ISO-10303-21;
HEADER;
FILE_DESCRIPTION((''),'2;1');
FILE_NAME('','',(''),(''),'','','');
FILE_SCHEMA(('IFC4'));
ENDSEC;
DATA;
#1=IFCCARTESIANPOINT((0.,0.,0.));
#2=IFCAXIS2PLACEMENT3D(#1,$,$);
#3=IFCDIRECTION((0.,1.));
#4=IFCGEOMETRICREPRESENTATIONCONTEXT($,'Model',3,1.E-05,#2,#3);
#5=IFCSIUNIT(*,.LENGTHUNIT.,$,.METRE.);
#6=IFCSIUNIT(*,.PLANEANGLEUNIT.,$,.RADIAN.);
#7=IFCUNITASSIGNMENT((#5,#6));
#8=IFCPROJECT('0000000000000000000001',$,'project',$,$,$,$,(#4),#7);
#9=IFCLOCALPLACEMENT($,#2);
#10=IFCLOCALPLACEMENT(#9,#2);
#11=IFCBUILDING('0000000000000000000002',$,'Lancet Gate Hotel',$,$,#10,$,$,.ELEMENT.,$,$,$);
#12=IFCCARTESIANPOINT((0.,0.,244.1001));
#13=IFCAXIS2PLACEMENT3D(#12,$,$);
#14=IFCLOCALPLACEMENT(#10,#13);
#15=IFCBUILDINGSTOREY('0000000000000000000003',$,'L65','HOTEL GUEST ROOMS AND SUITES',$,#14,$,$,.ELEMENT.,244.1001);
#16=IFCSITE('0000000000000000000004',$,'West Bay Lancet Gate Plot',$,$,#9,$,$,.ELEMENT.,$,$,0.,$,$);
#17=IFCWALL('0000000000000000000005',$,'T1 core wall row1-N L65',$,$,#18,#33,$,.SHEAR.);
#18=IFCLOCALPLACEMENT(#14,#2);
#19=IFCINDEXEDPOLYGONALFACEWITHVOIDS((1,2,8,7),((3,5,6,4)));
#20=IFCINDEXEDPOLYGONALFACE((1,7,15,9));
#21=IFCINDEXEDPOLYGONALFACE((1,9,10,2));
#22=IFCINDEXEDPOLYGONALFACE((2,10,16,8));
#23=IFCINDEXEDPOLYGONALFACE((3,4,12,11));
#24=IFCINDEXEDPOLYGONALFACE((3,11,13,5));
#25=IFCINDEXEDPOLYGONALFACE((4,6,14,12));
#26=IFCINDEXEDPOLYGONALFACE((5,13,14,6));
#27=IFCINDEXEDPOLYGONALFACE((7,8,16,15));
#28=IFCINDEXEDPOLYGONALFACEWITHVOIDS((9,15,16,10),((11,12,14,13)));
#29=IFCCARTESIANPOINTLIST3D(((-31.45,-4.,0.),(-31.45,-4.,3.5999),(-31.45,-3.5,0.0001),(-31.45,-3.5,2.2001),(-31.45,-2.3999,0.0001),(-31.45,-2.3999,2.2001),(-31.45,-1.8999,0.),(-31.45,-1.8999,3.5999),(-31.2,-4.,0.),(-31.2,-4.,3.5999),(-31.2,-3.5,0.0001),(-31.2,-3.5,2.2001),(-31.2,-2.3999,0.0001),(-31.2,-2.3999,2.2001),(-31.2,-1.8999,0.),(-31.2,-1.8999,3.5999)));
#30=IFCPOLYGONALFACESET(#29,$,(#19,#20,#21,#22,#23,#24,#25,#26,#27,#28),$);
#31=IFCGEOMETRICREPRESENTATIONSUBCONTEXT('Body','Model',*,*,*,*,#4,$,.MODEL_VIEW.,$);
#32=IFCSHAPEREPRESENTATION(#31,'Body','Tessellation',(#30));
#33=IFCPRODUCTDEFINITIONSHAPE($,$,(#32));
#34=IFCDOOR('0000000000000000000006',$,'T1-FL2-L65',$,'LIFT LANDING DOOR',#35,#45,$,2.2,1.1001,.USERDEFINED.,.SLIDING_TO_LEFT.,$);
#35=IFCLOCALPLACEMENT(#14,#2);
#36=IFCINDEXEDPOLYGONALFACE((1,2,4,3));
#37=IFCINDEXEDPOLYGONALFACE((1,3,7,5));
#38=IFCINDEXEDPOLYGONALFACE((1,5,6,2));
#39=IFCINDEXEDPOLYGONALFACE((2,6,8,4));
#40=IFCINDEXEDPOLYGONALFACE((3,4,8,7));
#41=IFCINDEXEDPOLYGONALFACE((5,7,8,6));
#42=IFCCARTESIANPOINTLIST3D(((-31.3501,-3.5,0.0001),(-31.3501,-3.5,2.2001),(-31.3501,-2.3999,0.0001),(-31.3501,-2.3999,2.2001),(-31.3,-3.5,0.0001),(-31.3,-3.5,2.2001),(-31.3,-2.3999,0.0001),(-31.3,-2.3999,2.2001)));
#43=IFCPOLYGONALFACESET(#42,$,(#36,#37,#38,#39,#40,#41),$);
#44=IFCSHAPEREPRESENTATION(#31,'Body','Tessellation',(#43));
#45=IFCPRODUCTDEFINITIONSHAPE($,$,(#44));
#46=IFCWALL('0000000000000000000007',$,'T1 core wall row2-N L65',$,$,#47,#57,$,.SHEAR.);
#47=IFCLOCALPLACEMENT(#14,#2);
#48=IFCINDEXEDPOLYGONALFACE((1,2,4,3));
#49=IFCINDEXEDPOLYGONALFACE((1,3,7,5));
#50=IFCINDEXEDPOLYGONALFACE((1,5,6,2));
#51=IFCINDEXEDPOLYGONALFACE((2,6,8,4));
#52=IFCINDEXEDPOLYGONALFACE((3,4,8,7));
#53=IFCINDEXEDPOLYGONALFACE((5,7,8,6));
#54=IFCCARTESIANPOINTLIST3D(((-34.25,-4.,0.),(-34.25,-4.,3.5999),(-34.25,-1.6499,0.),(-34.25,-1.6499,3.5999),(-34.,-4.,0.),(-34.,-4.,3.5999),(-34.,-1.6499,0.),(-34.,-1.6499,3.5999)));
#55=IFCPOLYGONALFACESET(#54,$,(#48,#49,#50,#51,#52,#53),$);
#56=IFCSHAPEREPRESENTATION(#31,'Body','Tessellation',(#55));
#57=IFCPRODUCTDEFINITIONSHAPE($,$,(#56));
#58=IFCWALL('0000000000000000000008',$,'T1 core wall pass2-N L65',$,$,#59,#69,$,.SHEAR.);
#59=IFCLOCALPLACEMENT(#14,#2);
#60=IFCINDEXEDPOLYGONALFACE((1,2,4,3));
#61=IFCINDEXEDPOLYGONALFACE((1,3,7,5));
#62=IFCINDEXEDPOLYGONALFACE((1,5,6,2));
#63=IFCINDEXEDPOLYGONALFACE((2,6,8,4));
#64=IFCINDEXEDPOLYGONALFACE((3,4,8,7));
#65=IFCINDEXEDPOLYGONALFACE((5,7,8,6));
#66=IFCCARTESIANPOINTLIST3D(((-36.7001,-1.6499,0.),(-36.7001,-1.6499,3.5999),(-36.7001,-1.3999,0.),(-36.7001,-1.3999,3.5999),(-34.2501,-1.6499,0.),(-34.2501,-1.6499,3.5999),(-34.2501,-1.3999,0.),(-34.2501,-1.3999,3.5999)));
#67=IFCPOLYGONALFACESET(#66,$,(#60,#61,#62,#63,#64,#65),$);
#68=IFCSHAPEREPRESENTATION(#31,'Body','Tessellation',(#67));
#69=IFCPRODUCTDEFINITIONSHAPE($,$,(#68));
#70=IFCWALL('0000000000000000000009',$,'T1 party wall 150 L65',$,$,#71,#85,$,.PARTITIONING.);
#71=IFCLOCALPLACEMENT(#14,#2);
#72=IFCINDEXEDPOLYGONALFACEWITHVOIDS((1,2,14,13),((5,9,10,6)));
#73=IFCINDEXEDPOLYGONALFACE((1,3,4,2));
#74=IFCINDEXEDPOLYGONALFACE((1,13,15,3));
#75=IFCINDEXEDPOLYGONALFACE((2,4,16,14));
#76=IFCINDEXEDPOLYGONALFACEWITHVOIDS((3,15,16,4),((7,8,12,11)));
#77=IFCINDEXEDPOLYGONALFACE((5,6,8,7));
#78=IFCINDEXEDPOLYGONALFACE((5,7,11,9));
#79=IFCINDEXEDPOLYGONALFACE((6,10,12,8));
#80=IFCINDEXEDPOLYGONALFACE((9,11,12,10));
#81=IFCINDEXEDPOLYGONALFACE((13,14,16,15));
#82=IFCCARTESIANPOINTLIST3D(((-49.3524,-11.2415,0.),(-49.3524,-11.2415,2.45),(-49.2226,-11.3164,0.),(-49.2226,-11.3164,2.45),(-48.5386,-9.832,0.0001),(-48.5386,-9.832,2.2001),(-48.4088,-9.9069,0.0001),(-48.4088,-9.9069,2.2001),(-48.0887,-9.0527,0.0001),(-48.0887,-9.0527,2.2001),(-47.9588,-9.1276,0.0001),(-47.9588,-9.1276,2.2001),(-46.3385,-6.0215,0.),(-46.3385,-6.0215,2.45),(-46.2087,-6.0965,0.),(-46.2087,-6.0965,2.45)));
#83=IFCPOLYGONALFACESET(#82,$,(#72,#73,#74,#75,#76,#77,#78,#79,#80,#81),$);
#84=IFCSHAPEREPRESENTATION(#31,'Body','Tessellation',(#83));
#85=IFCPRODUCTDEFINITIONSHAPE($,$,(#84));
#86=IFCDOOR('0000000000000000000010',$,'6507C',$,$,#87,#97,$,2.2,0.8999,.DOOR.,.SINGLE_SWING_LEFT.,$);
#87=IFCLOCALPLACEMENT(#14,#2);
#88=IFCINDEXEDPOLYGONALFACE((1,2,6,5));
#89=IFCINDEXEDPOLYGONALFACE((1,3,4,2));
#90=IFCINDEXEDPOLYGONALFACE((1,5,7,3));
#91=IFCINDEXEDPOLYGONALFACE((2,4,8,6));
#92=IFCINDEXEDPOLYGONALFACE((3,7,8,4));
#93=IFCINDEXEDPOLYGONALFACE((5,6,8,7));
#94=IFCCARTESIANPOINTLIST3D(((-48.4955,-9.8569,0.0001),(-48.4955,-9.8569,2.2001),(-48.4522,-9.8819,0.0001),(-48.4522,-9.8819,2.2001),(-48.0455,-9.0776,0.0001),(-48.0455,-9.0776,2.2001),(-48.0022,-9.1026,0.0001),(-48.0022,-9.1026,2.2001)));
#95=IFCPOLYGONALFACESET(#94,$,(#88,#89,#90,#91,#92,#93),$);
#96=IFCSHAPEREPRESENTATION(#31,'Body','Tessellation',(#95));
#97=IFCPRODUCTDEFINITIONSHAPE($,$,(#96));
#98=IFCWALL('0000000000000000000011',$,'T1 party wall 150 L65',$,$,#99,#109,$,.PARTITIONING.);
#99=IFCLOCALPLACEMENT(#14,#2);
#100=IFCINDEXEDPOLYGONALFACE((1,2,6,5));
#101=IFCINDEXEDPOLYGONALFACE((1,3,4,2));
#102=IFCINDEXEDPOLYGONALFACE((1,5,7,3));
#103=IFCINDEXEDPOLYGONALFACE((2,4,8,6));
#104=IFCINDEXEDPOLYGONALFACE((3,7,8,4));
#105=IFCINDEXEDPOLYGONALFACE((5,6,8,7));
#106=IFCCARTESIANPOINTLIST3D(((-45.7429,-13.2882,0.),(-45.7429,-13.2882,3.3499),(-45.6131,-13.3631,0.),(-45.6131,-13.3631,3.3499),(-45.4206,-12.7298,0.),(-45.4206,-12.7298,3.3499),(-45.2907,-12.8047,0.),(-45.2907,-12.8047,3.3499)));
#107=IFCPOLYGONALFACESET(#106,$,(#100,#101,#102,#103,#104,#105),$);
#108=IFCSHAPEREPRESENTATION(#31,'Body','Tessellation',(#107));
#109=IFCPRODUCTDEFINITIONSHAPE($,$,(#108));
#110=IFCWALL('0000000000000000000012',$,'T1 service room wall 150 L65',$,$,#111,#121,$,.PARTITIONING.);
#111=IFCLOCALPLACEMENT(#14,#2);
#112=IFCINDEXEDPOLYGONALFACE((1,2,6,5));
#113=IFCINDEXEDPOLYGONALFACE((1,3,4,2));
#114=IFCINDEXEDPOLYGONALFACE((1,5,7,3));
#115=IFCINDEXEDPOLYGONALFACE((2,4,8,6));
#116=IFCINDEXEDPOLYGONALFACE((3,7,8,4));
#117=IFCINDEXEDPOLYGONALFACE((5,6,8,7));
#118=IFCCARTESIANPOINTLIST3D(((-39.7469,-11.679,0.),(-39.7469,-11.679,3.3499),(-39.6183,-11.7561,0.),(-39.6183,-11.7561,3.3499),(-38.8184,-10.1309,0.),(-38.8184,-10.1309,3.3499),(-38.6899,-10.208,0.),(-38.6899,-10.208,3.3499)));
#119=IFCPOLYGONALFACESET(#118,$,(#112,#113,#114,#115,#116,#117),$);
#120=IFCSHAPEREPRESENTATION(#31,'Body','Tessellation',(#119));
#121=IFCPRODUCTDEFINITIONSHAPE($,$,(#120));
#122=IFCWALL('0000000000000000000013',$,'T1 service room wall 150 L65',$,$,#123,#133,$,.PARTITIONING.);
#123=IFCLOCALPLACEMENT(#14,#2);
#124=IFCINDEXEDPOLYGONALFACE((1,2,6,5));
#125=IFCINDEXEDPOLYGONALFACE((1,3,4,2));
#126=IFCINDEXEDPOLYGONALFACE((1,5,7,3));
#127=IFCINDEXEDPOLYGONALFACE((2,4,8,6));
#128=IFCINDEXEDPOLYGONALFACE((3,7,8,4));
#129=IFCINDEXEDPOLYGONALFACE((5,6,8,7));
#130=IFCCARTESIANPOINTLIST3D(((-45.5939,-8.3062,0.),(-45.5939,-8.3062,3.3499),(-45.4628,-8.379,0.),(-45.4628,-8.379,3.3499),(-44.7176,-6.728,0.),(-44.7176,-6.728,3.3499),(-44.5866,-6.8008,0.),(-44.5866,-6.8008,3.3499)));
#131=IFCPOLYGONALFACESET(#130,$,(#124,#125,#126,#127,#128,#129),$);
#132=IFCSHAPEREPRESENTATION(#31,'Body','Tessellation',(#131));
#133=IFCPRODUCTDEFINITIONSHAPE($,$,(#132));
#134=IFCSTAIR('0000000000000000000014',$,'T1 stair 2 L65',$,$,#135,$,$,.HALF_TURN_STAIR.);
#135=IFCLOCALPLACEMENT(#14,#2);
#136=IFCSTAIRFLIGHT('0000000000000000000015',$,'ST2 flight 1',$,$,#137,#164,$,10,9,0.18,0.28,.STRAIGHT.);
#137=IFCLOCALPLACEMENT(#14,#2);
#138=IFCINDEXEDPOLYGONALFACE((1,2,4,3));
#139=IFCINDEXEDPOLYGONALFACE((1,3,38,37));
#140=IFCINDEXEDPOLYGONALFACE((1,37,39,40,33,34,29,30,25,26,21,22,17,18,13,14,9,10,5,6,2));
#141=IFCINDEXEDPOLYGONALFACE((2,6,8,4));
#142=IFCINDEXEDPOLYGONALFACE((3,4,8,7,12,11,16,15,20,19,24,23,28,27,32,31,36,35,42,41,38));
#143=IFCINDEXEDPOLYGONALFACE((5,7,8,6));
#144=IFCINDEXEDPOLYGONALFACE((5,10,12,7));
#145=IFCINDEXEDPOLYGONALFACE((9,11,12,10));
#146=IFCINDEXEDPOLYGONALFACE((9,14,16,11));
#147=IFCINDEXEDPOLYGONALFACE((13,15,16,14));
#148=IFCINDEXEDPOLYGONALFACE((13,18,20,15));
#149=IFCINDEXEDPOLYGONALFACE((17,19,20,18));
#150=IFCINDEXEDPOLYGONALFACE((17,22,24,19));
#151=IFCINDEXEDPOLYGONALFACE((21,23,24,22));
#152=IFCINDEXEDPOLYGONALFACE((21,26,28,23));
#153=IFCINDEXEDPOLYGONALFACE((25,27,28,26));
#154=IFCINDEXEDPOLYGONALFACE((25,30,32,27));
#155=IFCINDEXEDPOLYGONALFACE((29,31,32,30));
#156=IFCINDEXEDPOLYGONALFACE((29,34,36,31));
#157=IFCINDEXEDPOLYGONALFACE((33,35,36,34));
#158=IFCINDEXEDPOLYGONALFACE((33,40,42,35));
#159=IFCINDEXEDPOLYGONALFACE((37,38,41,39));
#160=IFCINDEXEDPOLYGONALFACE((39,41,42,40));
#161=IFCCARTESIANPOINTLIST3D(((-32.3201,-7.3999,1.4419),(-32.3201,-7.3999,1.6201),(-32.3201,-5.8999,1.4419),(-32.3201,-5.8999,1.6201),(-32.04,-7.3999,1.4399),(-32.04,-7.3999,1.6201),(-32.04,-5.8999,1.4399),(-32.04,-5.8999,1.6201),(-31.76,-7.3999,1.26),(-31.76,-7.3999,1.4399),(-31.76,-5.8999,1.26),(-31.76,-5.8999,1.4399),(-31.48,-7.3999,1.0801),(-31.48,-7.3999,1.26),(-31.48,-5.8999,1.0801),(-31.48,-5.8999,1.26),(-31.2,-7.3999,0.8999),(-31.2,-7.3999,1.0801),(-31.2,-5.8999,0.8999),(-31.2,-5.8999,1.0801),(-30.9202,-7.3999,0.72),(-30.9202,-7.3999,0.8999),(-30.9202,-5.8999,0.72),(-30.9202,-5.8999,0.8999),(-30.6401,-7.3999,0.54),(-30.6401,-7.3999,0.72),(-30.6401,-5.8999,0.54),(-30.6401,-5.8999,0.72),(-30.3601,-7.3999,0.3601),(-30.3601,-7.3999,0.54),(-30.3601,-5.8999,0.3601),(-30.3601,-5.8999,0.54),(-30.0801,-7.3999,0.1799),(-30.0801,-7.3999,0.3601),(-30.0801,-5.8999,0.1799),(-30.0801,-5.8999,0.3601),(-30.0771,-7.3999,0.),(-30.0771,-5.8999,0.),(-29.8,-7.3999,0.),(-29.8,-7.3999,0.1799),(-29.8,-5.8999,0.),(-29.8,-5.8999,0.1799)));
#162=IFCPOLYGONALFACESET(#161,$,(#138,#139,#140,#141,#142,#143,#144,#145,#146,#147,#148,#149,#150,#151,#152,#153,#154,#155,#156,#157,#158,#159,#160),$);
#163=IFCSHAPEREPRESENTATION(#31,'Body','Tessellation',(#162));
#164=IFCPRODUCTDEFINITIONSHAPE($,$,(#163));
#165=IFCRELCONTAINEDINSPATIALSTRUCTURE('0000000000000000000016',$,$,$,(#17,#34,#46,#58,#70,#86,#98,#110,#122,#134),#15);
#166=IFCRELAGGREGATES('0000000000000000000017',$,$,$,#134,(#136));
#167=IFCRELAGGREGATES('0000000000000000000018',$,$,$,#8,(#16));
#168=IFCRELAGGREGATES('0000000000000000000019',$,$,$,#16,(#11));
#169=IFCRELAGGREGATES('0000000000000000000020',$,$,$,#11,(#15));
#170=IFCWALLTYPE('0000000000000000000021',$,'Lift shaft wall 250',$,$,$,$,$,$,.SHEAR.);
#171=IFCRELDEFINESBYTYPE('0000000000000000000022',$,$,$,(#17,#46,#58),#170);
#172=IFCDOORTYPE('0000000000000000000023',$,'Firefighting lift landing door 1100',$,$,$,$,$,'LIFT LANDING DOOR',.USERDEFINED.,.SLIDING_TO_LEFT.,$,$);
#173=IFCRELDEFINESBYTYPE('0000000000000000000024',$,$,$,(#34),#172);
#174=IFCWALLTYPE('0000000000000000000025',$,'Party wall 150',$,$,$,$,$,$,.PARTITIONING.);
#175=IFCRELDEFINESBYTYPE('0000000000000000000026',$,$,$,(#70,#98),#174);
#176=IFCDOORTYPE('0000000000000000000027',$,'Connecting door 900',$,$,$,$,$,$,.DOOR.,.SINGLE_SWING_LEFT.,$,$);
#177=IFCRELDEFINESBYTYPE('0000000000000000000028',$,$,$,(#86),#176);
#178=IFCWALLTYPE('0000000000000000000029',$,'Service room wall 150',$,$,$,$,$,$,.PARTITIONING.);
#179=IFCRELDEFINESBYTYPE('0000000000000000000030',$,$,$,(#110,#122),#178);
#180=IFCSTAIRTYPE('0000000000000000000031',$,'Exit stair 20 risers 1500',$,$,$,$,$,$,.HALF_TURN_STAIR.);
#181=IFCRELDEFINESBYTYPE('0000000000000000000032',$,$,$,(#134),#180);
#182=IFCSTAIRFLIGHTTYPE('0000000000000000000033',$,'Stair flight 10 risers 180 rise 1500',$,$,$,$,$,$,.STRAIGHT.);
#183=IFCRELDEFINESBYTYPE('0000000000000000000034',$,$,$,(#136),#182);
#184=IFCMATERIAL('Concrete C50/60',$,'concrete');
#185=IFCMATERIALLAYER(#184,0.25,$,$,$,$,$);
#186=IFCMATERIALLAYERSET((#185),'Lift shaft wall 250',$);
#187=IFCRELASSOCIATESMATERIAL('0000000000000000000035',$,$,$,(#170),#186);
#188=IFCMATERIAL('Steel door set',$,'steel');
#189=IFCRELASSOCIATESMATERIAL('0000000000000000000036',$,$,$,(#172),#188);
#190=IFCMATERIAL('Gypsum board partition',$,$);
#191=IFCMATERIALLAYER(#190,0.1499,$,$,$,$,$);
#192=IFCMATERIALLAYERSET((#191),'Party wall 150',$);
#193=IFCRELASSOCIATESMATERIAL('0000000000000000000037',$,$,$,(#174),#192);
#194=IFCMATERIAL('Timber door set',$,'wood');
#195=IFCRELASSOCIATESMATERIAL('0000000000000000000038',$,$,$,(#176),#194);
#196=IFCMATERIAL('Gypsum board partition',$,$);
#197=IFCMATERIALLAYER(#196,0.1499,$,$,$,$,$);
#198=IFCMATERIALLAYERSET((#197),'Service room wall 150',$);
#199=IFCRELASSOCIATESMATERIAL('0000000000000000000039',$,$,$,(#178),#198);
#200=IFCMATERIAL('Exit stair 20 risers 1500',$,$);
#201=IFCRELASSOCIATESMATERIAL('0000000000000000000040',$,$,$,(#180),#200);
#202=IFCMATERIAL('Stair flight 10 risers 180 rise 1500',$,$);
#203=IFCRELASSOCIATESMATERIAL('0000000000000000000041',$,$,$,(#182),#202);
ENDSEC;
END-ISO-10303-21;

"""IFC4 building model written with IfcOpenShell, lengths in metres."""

from ifc_helpers import new_model, si_unit, direction, frame, frame_2d, origin, place, context, subcontext, project, spatial, polyline, rectangle, outline, extrude, material, layer, layer_set, type_object, element, fill, aggregate, save


model = new_model("IFC4")

# Units and contexts
model_context = context("Model", 3, precision=1e-05, world=origin(), true_north=direction((0.0, 1.0)))
body_context = subcontext(model_context, "Body", "Model", "MODEL_VIEW")
ifc_project = project(units=[si_unit("LENGTHUNIT", "METRE"), si_unit("PLANEANGLEUNIT", "RADIAN")], contexts=[model_context])

# Site, building, storey
site_placement = place(None, origin())
site = spatial("IfcSite", under=ifc_project, at=site_placement, Name="West Bay Lancet Gate Plot", CompositionType="ELEMENT", RefElevation=0.0)
building_placement = place(site_placement, origin())
building = spatial("IfcBuilding", under=site, at=building_placement, Name="Lancet Gate Hotel", CompositionType="ELEMENT")
storey_placement = place(building_placement, frame((0.0, 0.0, 244.1001)))
storey = spatial("IfcBuildingStorey", under=building, at=storey_placement, Name="L65", Description="HOTEL GUEST ROOMS AND SUITES", CompositionType="ELEMENT", Elevation=244.1001)

# Wall, opening, door
ifc_material_1 = material(Name="Concrete C50/60", Category="concrete")
ifc_layer_1 = layer(ifc_material_1, 0.25)
ifc_layer_set_1 = layer_set([ifc_layer_1], Name="Lift shaft wall 250")
wall_type_1 = type_object("IfcWallType", Name="Lift shaft wall 250", PredefinedType="SHEAR", material=ifc_layer_set_1)
wall_1_placement = place(storey_placement, frame((-31.325, -1.8999, 0.0), z_axis=(0.0, 0.0, 1.0), x_axis=(0.0, -1.0, 0.0)))
wall_1 = element("IfcWall", 1, at=wall_1_placement, inside=storey, type_object=wall_type_1, Name="T1 core wall row1-N L65", PredefinedType="SHEAR", context=body_context, shape_type="SweptSolid", body=[
    extrude(rectangle(XDim=2.1001, YDim=0.25, at=frame_2d((1.05, 0.0))), origin(), (0.0, 0.0, 1.0), 3.5999),
])
opening_1_placement = place(wall_1_placement, frame((0.5, 0.0, 0.0)))
opening_1 = element("IfcOpeningElement", 2, at=opening_1_placement, cuts=wall_1, PredefinedType="OPENING", context=body_context, shape_type="SweptSolid", body=[
    extrude(rectangle(XDim=1.1001, YDim=2.2, at=frame_2d((0.55, 1.1001))), frame((0.0, 0.135, 0.0), z_axis=(0.0, -1.0, 0.0), x_axis=(1.0, 0.0, 0.0)), (0.0, 0.0, 1.0), 0.27),
])
ifc_material_2 = material(Name="Steel door set", Category="steel")
door_type_1 = type_object("IfcDoorType", Name="Firefighting lift landing door 1100", ElementType="LIFT LANDING DOOR", OperationType="SLIDING_TO_LEFT", PredefinedType="USERDEFINED", material=ifc_material_2)
door_1_placement = place(opening_1_placement, origin())
door_1 = element("IfcDoor", 3, at=door_1_placement, inside=storey, type_object=door_type_1, Name="T1-FL2-L65", ObjectType="LIFT LANDING DOOR", OperationType="SLIDING_TO_LEFT", OverallHeight=2.2, OverallWidth=1.1001, PredefinedType="USERDEFINED", context=body_context, shape_type="SweptSolid", body=[
    extrude(rectangle(XDim=1.1001, YDim=2.2, at=frame_2d((0.55, 1.1001))), frame((0.0, 0.0249, 0.0), z_axis=(0.0, -1.0, 0.0), x_axis=(1.0, 0.0, 0.0)), (0.0, 0.0, 1.0), 0.05),
])
fill(opening_1, door_1)

# Walls
wall_2_placement = place(storey_placement, frame((-34.125, -1.6499, 0.0), z_axis=(0.0, 0.0, 1.0), x_axis=(0.0, -1.0, 0.0)))
element("IfcWall", 4, at=wall_2_placement, inside=storey, type_object=wall_type_1, Name="T1 core wall row2-N L65", PredefinedType="SHEAR", context=body_context, shape_type="SweptSolid", body=[
    extrude(rectangle(XDim=2.3501, YDim=0.25, at=frame_2d((1.175, 0.0))), origin(), (0.0, 0.0, 1.0), 3.5999),
])
wall_3_placement = place(storey_placement, frame((-34.25, -1.5249, 0.0), z_axis=(0.0, 0.0, 1.0), x_axis=(-1.0, 0.0, 0.0)))
element("IfcWall", 5, at=wall_3_placement, inside=storey, type_object=wall_type_1, Name="T1 core wall pass2-N L65", PredefinedType="SHEAR", context=body_context, shape_type="SweptSolid", body=[
    extrude(rectangle(XDim=2.45, YDim=0.25, at=frame_2d((1.2251, 0.0))), origin(), (0.0, 0.0, 1.0), 3.5999),
])

# Wall, opening, door
ifc_material_3 = material(Name="Gypsum board partition")
ifc_layer_2 = layer(ifc_material_3, 0.1499)
ifc_layer_set_2 = layer_set([ifc_layer_2], Name="Party wall 150")
wall_type_2 = type_object("IfcWallType", Name="Party wall 150", PredefinedType="PARTITIONING", material=ifc_layer_set_2)
wall_4_placement = place(storey_placement, frame((-46.2737, -6.0591, 0.0), z_axis=(0.0, 0.0, 1.0), x_axis=(-0.50002, -0.866014, 0.0)))
wall_4 = element("IfcWall", 6, at=wall_4_placement, inside=storey, type_object=wall_type_2, Name="T1 party wall 150 L65", PredefinedType="PARTITIONING", context=body_context, shape_type="SweptSolid", body=[
    extrude(rectangle(XDim=6.0276, YDim=0.1499, at=frame_2d((3.0137, 0.0))), origin(), (0.0, 0.0, 1.0), 2.45),
])
opening_2_placement = place(wall_4_placement, frame((3.5, 0.0, 0.0)))
opening_2 = element("IfcOpeningElement", 7, at=opening_2_placement, cuts=wall_4, PredefinedType="OPENING", context=body_context, shape_type="SweptSolid", body=[
    extrude(rectangle(XDim=0.8999, YDim=2.2, at=frame_2d((0.45, 1.1001))), frame((0.0, 0.085, 0.0), z_axis=(0.0, -1.0, 0.0), x_axis=(1.0, 0.0, 0.0)), (0.0, 0.0, 1.0), 0.1699),
])
ifc_material_4 = material(Name="Timber door set", Category="wood")
door_type_2 = type_object("IfcDoorType", Name="Connecting door 900", OperationType="SINGLE_SWING_LEFT", PredefinedType="DOOR", material=ifc_material_4)
door_2_placement = place(opening_2_placement, origin())
door_2 = element("IfcDoor", 8, at=door_2_placement, inside=storey, type_object=door_type_2, Name="6507C", OperationType="SINGLE_SWING_LEFT", OverallHeight=2.2, OverallWidth=0.8999, PredefinedType="DOOR", context=body_context, shape_type="SweptSolid", body=[
    extrude(rectangle(XDim=0.8999, YDim=2.2, at=frame_2d((0.45, 1.1001))), frame((0.0, 0.0249, 0.0), z_axis=(0.0, -1.0, 0.0), x_axis=(1.0, 0.0, 0.0)), (0.0, 0.0, 1.0), 0.05),
])
fill(opening_2, door_2)

# Walls
wall_5_placement = place(storey_placement, frame((-45.3557, -12.7673, 0.0), z_axis=(0.0, 0.0, 1.0), x_axis=(-0.499886, -0.866091, 0.0)))
element("IfcWall", 9, at=wall_5_placement, inside=storey, type_object=wall_type_2, Name="T1 party wall 150 L65", PredefinedType="PARTITIONING", context=body_context, shape_type="SweptSolid", body=[
    extrude(rectangle(XDim=0.6448, YDim=0.1499, at=frame_2d((0.3223, 0.0))), origin(), (0.0, 0.0, 1.0), 3.3499),
])
ifc_material_5 = material(Name="Gypsum board partition")
ifc_layer_3 = layer(ifc_material_5, 0.1499)
ifc_layer_set_3 = layer_set([ifc_layer_3], Name="Service room wall 150")
wall_type_3 = type_object("IfcWallType", Name="Service room wall 150", PredefinedType="PARTITIONING", material=ifc_layer_set_3)
for number, where, z_axis, x_axis, name in (
    (10, (-39.6826, -11.7175, 0.0), (0.0, 0.0, 1.0), (0.514337, 0.857588, 0.0), "T1 service room wall 150 L65"),
    (11, (-44.6521, -6.7644, 0.0), (0.0, 0.0, 1.0), (-0.485425, -0.874278, 0.0), "T1 service room wall 150 L65"),
):
    element("IfcWall", number, at=place(storey_placement, frame(where, z_axis=z_axis, x_axis=x_axis)), inside=storey, type_object=wall_type_3, Name=name, PredefinedType="PARTITIONING", context=body_context, shape_type="SweptSolid", body=[
        extrude(rectangle(XDim=1.8052, YDim=0.1499, at=frame_2d((0.9026, 0.0))), origin(), (0.0, 0.0, 1.0), 3.3499),
    ])

# Stair, stair flight
ifc_material_6 = material(Name="Exit stair 20 risers 1500")
stair_type = type_object("IfcStairType", Name="Exit stair 20 risers 1500", PredefinedType="HALF_TURN_STAIR", material=ifc_material_6)
stair_placement = place(storey_placement, origin())
stair = element("IfcStair", 12, at=stair_placement, inside=storey, type_object=stair_type, Name="T1 stair 2 L65", PredefinedType="HALF_TURN_STAIR")
ifc_material_7 = material(Name="Stair flight 10 risers 180 rise 1500")
stair_flight_type = type_object("IfcStairFlightType", Name="Stair flight 10 risers 180 rise 1500", PredefinedType="STRAIGHT", material=ifc_material_7)
stair_flight_1_placement = place(storey_placement, frame((-29.8, -6.6499, 0.0), z_axis=(0.0, 0.0, 1.0), x_axis=(-1.0, 0.0, 0.0)))
stair_flight_1 = element("IfcStairFlight", 13, at=stair_flight_1_placement, type_object=stair_flight_type, Name="ST2 flight 1", NumberOfRisers=10, NumberOfTreads=9, PredefinedType="STRAIGHT", RiserHeight=0.18, TreadLength=0.28, context=body_context, shape_type="SweptSolid", body=[
    extrude(outline(polyline([(0.0, 0.0), (0.0, 0.1799), (0.28, 0.1799), (0.28, 0.3601), (0.5601, 0.3601), (0.5601, 0.54), (0.8401, 0.54), (0.8401, 0.72), (1.1201, 0.72), (1.1201, 0.8999), (1.3999, 0.8999), (1.3999, 1.0801), (1.6799, 1.0801), (1.6799, 1.26), (1.96, 1.26), (1.96, 1.4399), (2.24, 1.4399), (2.24, 1.6201), (2.52, 1.6201), (2.52, 1.8), (2.52, 1.4419), (0.2771, 0.0), (0.0, 0.0)])), frame((0.0, 0.75, 0.0), z_axis=(0.0, -1.0, 0.0), x_axis=(1.0, 0.0, 0.0)), (0.0, 0.0, 1.0), 1.5),
])
aggregate(stair, [stair_flight_1])

save(model, "model.ifc")
